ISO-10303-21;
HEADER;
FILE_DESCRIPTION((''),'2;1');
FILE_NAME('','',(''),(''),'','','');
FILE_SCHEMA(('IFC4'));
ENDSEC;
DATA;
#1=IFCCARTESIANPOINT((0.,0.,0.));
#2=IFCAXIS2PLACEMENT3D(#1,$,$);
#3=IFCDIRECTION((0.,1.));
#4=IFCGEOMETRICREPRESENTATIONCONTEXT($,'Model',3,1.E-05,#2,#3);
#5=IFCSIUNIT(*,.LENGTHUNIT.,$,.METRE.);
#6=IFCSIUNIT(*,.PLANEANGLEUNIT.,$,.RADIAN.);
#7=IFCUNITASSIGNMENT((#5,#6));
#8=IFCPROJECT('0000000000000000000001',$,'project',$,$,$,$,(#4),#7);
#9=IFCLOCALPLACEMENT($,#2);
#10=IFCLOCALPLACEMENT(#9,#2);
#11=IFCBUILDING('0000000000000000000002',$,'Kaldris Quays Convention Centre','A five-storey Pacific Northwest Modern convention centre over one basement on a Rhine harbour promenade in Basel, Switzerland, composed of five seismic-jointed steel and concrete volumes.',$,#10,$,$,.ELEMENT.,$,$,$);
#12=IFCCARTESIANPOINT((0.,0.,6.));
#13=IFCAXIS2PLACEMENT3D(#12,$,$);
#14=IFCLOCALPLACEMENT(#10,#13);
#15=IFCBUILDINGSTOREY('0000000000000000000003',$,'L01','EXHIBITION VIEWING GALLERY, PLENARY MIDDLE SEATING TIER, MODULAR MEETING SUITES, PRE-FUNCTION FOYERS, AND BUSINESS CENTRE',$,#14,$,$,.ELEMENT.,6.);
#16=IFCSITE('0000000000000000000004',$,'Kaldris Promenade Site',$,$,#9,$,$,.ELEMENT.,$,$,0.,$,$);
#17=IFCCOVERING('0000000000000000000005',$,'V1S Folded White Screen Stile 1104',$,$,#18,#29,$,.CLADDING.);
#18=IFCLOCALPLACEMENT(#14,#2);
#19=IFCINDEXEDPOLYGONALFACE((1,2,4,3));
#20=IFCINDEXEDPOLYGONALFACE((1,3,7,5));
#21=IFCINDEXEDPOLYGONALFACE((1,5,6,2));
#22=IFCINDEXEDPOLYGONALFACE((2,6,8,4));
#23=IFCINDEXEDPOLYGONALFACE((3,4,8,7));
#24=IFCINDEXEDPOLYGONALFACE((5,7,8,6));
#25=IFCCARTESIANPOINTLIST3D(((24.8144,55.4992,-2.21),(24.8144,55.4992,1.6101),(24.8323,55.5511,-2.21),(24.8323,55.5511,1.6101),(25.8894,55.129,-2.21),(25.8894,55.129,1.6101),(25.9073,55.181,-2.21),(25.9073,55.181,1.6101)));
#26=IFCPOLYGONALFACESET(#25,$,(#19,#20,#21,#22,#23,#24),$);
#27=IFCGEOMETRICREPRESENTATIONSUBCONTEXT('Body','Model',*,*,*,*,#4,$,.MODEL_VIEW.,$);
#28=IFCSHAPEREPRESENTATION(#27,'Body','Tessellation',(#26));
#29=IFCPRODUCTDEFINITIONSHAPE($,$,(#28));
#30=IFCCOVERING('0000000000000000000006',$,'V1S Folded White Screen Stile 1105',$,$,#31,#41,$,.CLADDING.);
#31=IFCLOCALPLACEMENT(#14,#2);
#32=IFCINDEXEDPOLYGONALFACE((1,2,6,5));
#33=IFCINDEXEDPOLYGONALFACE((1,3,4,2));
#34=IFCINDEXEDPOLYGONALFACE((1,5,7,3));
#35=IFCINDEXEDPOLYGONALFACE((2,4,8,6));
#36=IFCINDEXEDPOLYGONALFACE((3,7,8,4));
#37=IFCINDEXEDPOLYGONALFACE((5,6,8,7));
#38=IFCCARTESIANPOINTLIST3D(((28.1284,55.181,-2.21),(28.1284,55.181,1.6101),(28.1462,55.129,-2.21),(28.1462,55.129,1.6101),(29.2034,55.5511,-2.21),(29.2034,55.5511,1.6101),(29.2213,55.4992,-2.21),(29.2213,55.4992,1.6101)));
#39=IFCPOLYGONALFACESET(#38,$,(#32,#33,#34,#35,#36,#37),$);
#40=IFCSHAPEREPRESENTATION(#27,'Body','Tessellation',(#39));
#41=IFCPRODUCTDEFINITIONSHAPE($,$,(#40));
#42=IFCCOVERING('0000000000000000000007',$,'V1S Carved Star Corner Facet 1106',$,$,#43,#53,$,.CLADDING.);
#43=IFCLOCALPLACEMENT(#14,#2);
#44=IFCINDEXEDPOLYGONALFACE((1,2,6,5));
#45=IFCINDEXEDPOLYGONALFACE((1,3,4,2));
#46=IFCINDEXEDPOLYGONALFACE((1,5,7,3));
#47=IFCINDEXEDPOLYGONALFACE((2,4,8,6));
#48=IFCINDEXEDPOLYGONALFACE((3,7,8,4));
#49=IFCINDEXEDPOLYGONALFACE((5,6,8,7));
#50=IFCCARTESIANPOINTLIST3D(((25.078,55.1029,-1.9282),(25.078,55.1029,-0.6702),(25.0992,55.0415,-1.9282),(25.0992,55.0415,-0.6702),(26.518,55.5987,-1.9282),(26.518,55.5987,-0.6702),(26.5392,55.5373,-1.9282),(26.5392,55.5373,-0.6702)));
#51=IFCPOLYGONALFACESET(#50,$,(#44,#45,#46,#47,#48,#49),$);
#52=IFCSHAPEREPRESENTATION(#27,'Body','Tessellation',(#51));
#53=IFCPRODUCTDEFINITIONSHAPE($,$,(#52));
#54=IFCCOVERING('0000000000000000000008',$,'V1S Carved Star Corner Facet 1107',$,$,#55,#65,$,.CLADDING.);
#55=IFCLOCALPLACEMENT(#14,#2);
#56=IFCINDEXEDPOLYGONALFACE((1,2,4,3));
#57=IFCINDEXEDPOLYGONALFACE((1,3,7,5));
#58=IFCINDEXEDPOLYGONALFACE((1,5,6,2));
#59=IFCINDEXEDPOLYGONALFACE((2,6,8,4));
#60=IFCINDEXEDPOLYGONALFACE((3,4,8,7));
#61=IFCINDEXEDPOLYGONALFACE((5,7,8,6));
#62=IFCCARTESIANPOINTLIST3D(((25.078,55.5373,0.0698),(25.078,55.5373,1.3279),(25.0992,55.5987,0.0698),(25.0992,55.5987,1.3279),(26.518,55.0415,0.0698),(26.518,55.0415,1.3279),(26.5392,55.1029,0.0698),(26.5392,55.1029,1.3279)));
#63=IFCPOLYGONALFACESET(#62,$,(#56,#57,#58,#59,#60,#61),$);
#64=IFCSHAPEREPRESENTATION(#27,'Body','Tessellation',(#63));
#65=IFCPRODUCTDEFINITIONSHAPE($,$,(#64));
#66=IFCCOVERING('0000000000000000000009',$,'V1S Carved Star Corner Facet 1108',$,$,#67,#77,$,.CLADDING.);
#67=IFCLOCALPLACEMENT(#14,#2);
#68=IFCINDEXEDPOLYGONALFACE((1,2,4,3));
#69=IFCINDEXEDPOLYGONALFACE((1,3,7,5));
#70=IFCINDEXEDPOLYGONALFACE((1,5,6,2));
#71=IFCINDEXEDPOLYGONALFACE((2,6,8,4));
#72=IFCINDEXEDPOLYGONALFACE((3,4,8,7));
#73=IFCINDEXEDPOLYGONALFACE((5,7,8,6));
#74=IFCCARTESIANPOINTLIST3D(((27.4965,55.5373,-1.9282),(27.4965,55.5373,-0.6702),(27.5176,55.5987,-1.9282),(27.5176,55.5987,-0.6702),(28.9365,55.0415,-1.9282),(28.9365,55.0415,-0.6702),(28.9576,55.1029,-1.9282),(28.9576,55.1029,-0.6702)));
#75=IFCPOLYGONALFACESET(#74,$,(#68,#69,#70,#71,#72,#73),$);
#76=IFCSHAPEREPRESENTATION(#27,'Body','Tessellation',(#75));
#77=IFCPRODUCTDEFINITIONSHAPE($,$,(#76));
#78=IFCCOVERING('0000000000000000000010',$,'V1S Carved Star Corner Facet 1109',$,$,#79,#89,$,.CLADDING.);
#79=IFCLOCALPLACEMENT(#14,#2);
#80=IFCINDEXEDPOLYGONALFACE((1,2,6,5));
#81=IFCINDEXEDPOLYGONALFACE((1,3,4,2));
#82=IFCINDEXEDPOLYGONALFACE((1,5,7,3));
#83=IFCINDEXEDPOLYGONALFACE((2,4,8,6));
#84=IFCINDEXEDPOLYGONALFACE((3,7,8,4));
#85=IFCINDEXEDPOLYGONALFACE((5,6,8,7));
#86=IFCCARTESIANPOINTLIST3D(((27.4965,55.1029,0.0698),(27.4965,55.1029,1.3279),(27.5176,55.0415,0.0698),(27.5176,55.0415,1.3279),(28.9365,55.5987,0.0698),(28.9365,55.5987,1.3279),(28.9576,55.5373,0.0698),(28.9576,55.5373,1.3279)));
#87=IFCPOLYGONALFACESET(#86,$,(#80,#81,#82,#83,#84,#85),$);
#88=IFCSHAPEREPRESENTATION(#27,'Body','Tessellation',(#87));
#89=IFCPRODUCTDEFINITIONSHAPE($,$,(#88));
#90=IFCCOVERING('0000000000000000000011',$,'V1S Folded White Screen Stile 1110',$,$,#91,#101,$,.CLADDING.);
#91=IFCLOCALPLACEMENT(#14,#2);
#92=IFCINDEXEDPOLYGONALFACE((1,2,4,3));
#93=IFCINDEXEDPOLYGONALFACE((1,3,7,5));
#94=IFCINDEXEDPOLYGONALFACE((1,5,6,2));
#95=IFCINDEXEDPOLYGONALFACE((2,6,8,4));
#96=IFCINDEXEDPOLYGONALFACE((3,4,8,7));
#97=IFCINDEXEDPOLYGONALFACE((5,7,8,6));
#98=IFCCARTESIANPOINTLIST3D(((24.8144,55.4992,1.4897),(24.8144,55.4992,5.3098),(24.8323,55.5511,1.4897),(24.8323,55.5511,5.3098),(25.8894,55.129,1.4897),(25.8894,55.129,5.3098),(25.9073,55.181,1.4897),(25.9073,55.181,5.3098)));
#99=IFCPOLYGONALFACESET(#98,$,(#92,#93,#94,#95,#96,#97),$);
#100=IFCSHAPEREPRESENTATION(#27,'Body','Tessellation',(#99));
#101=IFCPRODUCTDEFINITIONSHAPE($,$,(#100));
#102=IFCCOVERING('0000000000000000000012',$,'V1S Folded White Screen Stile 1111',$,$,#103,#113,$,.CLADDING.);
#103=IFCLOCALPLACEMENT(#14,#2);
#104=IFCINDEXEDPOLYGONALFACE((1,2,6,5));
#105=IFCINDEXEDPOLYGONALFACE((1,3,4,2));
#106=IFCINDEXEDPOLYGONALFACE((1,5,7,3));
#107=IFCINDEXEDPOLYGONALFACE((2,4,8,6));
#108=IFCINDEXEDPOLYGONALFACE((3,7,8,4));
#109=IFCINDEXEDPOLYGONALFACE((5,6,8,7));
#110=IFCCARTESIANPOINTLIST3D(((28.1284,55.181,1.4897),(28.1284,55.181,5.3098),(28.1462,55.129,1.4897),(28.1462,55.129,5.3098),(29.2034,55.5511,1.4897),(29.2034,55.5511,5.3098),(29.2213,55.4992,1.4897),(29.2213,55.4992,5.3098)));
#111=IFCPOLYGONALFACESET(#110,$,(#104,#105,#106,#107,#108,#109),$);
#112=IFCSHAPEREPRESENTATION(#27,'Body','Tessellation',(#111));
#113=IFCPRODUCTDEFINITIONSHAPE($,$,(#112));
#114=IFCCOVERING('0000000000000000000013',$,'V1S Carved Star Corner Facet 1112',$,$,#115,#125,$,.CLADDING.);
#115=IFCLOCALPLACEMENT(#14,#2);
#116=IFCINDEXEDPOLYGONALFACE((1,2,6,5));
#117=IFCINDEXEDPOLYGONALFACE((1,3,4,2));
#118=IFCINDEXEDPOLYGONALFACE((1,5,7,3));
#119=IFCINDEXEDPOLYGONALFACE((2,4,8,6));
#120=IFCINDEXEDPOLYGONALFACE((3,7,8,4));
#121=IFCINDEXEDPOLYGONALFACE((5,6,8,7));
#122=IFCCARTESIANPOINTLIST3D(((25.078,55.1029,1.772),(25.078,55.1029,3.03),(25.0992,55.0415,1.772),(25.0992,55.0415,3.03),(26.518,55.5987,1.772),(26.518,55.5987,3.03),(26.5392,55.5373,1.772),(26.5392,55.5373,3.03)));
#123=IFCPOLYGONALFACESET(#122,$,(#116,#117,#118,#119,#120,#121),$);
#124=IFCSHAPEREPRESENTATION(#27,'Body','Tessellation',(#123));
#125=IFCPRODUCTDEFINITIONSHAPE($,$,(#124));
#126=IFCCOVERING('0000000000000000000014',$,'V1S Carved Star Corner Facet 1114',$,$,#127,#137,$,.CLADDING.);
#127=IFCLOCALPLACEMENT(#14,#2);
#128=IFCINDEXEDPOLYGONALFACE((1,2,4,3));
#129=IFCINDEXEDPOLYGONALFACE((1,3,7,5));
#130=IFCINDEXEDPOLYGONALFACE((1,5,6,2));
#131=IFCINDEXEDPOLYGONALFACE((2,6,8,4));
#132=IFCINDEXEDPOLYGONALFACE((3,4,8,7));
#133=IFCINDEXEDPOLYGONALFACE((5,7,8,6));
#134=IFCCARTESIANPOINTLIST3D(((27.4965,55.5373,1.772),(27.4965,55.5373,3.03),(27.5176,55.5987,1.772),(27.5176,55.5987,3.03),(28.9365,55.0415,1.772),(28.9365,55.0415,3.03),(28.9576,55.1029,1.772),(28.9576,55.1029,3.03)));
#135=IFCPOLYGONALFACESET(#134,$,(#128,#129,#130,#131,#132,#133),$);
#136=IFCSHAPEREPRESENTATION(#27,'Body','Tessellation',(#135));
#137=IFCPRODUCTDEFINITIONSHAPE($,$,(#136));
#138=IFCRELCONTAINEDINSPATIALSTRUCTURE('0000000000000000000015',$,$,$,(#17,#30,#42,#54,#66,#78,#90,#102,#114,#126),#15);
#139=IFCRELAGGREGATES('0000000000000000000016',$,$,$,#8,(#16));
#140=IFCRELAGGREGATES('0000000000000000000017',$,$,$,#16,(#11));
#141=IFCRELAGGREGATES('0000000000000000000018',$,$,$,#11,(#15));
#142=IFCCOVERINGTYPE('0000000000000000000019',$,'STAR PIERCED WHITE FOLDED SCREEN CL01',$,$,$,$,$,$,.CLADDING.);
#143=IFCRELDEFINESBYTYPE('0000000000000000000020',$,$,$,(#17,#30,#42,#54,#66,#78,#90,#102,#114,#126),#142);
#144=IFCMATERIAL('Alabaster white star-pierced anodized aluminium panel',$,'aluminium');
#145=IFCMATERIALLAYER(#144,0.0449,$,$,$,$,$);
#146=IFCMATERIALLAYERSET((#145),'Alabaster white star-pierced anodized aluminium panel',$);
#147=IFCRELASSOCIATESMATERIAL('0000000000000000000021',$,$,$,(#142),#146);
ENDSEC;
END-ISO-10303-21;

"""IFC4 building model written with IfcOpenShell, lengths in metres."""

from ifc_helpers import new_model, si_unit, direction, frame, origin, origin_2d, place, context, subcontext, project, spatial, rectangle, extrude, material, layer, layer_set, type_object, element, save


model = new_model("IFC4")

# Units and contexts
model_context = context("Model", 3, precision=1e-05, world=origin(), true_north=direction((0.0, 1.0)))
body_context = subcontext(model_context, "Body", "Model", "MODEL_VIEW")
ifc_project = project(units=[si_unit("LENGTHUNIT", "METRE"), si_unit("PLANEANGLEUNIT", "RADIAN")], contexts=[model_context])

# Site, building, storey
site_placement = place(None, origin())
site = spatial("IfcSite", under=ifc_project, at=site_placement, Name="Kaldris Promenade Site", CompositionType="ELEMENT", RefElevation=0.0)
building_placement = place(site_placement, origin())
building = spatial("IfcBuilding", under=site, at=building_placement, Name="Kaldris Quays Convention Centre", Description="A five-storey Pacific Northwest Modern convention centre over one basement on a Rhine harbour promenade in Basel, Switzerland, composed of five seismic-jointed steel and concrete volumes.", CompositionType="ELEMENT")
storey_placement = place(building_placement, frame((0.0, 0.0, 6.0)))
storey = spatial("IfcBuildingStorey", under=building, at=storey_placement, Name="L01", Description="EXHIBITION VIEWING GALLERY, PLENARY MIDDLE SEATING TIER, MODULAR MEETING SUITES, PRE-FUNCTION FOYERS, AND BUSINESS CENTRE", CompositionType="ELEMENT", Elevation=6.0)

# Coverings
ifc_material_1 = material(Name="Alabaster white star-pierced anodized aluminium panel", Category="aluminium")
ifc_layer = layer(ifc_material_1, 0.0449)
ifc_layer_set = layer_set([ifc_layer], Name="Alabaster white star-pierced anodized aluminium panel")
covering_type = type_object("IfcCoveringType", Name="STAR PIERCED WHITE FOLDED SCREEN CL01", PredefinedType="CLADDING", material=ifc_layer_set)
for number, where, z_axis, x_axis, name in (
    (1, (25.3608, 55.3401, -2.21), (0.0, 0.0, 1.0), (0.945519, -0.325568, 0.0), "V1S Folded White Screen Stile 1104"),
    (2, (28.6748, 55.3401, -2.21), (0.0, 0.0, 1.0), (0.945519, 0.325568, 0.0), "V1S Folded White Screen Stile 1105"),
):
    element("IfcCovering", number, at=place(storey_placement, frame(where, z_axis=z_axis, x_axis=x_axis)), inside=storey, type_object=covering_type, Name=name, PredefinedType="CLADDING", context=body_context, shape_type="SweptSolid", body=[
        extrude(rectangle(XDim=1.137, YDim=0.0549, at=origin_2d()), origin(), (0.0, 0.0, 1.0), 3.8201),
    ])
for number, where, z_axis, x_axis, name in (
    (3, (25.8086, 55.3201, -1.9282), (0.0, 0.0, 1.0), (0.945519, 0.325568, 0.0), "V1S Carved Star Corner Facet 1106"),
    (4, (25.8086, 55.3201, 0.0698), (0.0, 0.0, 1.0), (0.945519, -0.325568, 0.0), "V1S Carved Star Corner Facet 1107"),
    (5, (28.2271, 55.3201, -1.9282), (0.0, 0.0, 1.0), (0.945519, -0.325568, 0.0), "V1S Carved Star Corner Facet 1108"),
    (6, (28.2271, 55.3201, 0.0698), (0.0, 0.0, 1.0), (0.945519, 0.325568, 0.0), "V1S Carved Star Corner Facet 1109"),
):
    element("IfcCovering", number, at=place(storey_placement, frame(where, z_axis=z_axis, x_axis=x_axis)), inside=storey, type_object=covering_type, Name=name, PredefinedType="CLADDING", context=body_context, shape_type="SweptSolid", body=[
        extrude(rectangle(XDim=1.5229, YDim=0.0649, at=origin_2d()), origin(), (0.0, 0.0, 1.0), 1.2581),
    ])
for number, where, z_axis, x_axis, name in (
    (7, (25.3608, 55.3401, 1.4897), (0.0, 0.0, 1.0), (0.945519, -0.325568, 0.0), "V1S Folded White Screen Stile 1110"),
    (8, (28.6748, 55.3401, 1.4897), (0.0, 0.0, 1.0), (0.945519, 0.325568, 0.0), "V1S Folded White Screen Stile 1111"),
):
    element("IfcCovering", number, at=place(storey_placement, frame(where, z_axis=z_axis, x_axis=x_axis)), inside=storey, type_object=covering_type, Name=name, PredefinedType="CLADDING", context=body_context, shape_type="SweptSolid", body=[
        extrude(rectangle(XDim=1.137, YDim=0.0549, at=origin_2d()), origin(), (0.0, 0.0, 1.0), 3.8201),
    ])
for number, where, z_axis, x_axis, name in (
    (9, (25.8086, 55.3201, 1.772), (0.0, 0.0, 1.0), (0.945519, 0.325568, 0.0), "V1S Carved Star Corner Facet 1112"),
    (10, (28.2271, 55.3201, 1.772), (0.0, 0.0, 1.0), (0.945519, -0.325568, 0.0), "V1S Carved Star Corner Facet 1114"),
):
    element("IfcCovering", number, at=place(storey_placement, frame(where, z_axis=z_axis, x_axis=x_axis)), inside=storey, type_object=covering_type, Name=name, PredefinedType="CLADDING", context=body_context, shape_type="SweptSolid", body=[
        extrude(rectangle(XDim=1.5229, YDim=0.0649, at=origin_2d()), origin(), (0.0, 0.0, 1.0), 1.2581),
    ])

save(model, "model.ifc")
